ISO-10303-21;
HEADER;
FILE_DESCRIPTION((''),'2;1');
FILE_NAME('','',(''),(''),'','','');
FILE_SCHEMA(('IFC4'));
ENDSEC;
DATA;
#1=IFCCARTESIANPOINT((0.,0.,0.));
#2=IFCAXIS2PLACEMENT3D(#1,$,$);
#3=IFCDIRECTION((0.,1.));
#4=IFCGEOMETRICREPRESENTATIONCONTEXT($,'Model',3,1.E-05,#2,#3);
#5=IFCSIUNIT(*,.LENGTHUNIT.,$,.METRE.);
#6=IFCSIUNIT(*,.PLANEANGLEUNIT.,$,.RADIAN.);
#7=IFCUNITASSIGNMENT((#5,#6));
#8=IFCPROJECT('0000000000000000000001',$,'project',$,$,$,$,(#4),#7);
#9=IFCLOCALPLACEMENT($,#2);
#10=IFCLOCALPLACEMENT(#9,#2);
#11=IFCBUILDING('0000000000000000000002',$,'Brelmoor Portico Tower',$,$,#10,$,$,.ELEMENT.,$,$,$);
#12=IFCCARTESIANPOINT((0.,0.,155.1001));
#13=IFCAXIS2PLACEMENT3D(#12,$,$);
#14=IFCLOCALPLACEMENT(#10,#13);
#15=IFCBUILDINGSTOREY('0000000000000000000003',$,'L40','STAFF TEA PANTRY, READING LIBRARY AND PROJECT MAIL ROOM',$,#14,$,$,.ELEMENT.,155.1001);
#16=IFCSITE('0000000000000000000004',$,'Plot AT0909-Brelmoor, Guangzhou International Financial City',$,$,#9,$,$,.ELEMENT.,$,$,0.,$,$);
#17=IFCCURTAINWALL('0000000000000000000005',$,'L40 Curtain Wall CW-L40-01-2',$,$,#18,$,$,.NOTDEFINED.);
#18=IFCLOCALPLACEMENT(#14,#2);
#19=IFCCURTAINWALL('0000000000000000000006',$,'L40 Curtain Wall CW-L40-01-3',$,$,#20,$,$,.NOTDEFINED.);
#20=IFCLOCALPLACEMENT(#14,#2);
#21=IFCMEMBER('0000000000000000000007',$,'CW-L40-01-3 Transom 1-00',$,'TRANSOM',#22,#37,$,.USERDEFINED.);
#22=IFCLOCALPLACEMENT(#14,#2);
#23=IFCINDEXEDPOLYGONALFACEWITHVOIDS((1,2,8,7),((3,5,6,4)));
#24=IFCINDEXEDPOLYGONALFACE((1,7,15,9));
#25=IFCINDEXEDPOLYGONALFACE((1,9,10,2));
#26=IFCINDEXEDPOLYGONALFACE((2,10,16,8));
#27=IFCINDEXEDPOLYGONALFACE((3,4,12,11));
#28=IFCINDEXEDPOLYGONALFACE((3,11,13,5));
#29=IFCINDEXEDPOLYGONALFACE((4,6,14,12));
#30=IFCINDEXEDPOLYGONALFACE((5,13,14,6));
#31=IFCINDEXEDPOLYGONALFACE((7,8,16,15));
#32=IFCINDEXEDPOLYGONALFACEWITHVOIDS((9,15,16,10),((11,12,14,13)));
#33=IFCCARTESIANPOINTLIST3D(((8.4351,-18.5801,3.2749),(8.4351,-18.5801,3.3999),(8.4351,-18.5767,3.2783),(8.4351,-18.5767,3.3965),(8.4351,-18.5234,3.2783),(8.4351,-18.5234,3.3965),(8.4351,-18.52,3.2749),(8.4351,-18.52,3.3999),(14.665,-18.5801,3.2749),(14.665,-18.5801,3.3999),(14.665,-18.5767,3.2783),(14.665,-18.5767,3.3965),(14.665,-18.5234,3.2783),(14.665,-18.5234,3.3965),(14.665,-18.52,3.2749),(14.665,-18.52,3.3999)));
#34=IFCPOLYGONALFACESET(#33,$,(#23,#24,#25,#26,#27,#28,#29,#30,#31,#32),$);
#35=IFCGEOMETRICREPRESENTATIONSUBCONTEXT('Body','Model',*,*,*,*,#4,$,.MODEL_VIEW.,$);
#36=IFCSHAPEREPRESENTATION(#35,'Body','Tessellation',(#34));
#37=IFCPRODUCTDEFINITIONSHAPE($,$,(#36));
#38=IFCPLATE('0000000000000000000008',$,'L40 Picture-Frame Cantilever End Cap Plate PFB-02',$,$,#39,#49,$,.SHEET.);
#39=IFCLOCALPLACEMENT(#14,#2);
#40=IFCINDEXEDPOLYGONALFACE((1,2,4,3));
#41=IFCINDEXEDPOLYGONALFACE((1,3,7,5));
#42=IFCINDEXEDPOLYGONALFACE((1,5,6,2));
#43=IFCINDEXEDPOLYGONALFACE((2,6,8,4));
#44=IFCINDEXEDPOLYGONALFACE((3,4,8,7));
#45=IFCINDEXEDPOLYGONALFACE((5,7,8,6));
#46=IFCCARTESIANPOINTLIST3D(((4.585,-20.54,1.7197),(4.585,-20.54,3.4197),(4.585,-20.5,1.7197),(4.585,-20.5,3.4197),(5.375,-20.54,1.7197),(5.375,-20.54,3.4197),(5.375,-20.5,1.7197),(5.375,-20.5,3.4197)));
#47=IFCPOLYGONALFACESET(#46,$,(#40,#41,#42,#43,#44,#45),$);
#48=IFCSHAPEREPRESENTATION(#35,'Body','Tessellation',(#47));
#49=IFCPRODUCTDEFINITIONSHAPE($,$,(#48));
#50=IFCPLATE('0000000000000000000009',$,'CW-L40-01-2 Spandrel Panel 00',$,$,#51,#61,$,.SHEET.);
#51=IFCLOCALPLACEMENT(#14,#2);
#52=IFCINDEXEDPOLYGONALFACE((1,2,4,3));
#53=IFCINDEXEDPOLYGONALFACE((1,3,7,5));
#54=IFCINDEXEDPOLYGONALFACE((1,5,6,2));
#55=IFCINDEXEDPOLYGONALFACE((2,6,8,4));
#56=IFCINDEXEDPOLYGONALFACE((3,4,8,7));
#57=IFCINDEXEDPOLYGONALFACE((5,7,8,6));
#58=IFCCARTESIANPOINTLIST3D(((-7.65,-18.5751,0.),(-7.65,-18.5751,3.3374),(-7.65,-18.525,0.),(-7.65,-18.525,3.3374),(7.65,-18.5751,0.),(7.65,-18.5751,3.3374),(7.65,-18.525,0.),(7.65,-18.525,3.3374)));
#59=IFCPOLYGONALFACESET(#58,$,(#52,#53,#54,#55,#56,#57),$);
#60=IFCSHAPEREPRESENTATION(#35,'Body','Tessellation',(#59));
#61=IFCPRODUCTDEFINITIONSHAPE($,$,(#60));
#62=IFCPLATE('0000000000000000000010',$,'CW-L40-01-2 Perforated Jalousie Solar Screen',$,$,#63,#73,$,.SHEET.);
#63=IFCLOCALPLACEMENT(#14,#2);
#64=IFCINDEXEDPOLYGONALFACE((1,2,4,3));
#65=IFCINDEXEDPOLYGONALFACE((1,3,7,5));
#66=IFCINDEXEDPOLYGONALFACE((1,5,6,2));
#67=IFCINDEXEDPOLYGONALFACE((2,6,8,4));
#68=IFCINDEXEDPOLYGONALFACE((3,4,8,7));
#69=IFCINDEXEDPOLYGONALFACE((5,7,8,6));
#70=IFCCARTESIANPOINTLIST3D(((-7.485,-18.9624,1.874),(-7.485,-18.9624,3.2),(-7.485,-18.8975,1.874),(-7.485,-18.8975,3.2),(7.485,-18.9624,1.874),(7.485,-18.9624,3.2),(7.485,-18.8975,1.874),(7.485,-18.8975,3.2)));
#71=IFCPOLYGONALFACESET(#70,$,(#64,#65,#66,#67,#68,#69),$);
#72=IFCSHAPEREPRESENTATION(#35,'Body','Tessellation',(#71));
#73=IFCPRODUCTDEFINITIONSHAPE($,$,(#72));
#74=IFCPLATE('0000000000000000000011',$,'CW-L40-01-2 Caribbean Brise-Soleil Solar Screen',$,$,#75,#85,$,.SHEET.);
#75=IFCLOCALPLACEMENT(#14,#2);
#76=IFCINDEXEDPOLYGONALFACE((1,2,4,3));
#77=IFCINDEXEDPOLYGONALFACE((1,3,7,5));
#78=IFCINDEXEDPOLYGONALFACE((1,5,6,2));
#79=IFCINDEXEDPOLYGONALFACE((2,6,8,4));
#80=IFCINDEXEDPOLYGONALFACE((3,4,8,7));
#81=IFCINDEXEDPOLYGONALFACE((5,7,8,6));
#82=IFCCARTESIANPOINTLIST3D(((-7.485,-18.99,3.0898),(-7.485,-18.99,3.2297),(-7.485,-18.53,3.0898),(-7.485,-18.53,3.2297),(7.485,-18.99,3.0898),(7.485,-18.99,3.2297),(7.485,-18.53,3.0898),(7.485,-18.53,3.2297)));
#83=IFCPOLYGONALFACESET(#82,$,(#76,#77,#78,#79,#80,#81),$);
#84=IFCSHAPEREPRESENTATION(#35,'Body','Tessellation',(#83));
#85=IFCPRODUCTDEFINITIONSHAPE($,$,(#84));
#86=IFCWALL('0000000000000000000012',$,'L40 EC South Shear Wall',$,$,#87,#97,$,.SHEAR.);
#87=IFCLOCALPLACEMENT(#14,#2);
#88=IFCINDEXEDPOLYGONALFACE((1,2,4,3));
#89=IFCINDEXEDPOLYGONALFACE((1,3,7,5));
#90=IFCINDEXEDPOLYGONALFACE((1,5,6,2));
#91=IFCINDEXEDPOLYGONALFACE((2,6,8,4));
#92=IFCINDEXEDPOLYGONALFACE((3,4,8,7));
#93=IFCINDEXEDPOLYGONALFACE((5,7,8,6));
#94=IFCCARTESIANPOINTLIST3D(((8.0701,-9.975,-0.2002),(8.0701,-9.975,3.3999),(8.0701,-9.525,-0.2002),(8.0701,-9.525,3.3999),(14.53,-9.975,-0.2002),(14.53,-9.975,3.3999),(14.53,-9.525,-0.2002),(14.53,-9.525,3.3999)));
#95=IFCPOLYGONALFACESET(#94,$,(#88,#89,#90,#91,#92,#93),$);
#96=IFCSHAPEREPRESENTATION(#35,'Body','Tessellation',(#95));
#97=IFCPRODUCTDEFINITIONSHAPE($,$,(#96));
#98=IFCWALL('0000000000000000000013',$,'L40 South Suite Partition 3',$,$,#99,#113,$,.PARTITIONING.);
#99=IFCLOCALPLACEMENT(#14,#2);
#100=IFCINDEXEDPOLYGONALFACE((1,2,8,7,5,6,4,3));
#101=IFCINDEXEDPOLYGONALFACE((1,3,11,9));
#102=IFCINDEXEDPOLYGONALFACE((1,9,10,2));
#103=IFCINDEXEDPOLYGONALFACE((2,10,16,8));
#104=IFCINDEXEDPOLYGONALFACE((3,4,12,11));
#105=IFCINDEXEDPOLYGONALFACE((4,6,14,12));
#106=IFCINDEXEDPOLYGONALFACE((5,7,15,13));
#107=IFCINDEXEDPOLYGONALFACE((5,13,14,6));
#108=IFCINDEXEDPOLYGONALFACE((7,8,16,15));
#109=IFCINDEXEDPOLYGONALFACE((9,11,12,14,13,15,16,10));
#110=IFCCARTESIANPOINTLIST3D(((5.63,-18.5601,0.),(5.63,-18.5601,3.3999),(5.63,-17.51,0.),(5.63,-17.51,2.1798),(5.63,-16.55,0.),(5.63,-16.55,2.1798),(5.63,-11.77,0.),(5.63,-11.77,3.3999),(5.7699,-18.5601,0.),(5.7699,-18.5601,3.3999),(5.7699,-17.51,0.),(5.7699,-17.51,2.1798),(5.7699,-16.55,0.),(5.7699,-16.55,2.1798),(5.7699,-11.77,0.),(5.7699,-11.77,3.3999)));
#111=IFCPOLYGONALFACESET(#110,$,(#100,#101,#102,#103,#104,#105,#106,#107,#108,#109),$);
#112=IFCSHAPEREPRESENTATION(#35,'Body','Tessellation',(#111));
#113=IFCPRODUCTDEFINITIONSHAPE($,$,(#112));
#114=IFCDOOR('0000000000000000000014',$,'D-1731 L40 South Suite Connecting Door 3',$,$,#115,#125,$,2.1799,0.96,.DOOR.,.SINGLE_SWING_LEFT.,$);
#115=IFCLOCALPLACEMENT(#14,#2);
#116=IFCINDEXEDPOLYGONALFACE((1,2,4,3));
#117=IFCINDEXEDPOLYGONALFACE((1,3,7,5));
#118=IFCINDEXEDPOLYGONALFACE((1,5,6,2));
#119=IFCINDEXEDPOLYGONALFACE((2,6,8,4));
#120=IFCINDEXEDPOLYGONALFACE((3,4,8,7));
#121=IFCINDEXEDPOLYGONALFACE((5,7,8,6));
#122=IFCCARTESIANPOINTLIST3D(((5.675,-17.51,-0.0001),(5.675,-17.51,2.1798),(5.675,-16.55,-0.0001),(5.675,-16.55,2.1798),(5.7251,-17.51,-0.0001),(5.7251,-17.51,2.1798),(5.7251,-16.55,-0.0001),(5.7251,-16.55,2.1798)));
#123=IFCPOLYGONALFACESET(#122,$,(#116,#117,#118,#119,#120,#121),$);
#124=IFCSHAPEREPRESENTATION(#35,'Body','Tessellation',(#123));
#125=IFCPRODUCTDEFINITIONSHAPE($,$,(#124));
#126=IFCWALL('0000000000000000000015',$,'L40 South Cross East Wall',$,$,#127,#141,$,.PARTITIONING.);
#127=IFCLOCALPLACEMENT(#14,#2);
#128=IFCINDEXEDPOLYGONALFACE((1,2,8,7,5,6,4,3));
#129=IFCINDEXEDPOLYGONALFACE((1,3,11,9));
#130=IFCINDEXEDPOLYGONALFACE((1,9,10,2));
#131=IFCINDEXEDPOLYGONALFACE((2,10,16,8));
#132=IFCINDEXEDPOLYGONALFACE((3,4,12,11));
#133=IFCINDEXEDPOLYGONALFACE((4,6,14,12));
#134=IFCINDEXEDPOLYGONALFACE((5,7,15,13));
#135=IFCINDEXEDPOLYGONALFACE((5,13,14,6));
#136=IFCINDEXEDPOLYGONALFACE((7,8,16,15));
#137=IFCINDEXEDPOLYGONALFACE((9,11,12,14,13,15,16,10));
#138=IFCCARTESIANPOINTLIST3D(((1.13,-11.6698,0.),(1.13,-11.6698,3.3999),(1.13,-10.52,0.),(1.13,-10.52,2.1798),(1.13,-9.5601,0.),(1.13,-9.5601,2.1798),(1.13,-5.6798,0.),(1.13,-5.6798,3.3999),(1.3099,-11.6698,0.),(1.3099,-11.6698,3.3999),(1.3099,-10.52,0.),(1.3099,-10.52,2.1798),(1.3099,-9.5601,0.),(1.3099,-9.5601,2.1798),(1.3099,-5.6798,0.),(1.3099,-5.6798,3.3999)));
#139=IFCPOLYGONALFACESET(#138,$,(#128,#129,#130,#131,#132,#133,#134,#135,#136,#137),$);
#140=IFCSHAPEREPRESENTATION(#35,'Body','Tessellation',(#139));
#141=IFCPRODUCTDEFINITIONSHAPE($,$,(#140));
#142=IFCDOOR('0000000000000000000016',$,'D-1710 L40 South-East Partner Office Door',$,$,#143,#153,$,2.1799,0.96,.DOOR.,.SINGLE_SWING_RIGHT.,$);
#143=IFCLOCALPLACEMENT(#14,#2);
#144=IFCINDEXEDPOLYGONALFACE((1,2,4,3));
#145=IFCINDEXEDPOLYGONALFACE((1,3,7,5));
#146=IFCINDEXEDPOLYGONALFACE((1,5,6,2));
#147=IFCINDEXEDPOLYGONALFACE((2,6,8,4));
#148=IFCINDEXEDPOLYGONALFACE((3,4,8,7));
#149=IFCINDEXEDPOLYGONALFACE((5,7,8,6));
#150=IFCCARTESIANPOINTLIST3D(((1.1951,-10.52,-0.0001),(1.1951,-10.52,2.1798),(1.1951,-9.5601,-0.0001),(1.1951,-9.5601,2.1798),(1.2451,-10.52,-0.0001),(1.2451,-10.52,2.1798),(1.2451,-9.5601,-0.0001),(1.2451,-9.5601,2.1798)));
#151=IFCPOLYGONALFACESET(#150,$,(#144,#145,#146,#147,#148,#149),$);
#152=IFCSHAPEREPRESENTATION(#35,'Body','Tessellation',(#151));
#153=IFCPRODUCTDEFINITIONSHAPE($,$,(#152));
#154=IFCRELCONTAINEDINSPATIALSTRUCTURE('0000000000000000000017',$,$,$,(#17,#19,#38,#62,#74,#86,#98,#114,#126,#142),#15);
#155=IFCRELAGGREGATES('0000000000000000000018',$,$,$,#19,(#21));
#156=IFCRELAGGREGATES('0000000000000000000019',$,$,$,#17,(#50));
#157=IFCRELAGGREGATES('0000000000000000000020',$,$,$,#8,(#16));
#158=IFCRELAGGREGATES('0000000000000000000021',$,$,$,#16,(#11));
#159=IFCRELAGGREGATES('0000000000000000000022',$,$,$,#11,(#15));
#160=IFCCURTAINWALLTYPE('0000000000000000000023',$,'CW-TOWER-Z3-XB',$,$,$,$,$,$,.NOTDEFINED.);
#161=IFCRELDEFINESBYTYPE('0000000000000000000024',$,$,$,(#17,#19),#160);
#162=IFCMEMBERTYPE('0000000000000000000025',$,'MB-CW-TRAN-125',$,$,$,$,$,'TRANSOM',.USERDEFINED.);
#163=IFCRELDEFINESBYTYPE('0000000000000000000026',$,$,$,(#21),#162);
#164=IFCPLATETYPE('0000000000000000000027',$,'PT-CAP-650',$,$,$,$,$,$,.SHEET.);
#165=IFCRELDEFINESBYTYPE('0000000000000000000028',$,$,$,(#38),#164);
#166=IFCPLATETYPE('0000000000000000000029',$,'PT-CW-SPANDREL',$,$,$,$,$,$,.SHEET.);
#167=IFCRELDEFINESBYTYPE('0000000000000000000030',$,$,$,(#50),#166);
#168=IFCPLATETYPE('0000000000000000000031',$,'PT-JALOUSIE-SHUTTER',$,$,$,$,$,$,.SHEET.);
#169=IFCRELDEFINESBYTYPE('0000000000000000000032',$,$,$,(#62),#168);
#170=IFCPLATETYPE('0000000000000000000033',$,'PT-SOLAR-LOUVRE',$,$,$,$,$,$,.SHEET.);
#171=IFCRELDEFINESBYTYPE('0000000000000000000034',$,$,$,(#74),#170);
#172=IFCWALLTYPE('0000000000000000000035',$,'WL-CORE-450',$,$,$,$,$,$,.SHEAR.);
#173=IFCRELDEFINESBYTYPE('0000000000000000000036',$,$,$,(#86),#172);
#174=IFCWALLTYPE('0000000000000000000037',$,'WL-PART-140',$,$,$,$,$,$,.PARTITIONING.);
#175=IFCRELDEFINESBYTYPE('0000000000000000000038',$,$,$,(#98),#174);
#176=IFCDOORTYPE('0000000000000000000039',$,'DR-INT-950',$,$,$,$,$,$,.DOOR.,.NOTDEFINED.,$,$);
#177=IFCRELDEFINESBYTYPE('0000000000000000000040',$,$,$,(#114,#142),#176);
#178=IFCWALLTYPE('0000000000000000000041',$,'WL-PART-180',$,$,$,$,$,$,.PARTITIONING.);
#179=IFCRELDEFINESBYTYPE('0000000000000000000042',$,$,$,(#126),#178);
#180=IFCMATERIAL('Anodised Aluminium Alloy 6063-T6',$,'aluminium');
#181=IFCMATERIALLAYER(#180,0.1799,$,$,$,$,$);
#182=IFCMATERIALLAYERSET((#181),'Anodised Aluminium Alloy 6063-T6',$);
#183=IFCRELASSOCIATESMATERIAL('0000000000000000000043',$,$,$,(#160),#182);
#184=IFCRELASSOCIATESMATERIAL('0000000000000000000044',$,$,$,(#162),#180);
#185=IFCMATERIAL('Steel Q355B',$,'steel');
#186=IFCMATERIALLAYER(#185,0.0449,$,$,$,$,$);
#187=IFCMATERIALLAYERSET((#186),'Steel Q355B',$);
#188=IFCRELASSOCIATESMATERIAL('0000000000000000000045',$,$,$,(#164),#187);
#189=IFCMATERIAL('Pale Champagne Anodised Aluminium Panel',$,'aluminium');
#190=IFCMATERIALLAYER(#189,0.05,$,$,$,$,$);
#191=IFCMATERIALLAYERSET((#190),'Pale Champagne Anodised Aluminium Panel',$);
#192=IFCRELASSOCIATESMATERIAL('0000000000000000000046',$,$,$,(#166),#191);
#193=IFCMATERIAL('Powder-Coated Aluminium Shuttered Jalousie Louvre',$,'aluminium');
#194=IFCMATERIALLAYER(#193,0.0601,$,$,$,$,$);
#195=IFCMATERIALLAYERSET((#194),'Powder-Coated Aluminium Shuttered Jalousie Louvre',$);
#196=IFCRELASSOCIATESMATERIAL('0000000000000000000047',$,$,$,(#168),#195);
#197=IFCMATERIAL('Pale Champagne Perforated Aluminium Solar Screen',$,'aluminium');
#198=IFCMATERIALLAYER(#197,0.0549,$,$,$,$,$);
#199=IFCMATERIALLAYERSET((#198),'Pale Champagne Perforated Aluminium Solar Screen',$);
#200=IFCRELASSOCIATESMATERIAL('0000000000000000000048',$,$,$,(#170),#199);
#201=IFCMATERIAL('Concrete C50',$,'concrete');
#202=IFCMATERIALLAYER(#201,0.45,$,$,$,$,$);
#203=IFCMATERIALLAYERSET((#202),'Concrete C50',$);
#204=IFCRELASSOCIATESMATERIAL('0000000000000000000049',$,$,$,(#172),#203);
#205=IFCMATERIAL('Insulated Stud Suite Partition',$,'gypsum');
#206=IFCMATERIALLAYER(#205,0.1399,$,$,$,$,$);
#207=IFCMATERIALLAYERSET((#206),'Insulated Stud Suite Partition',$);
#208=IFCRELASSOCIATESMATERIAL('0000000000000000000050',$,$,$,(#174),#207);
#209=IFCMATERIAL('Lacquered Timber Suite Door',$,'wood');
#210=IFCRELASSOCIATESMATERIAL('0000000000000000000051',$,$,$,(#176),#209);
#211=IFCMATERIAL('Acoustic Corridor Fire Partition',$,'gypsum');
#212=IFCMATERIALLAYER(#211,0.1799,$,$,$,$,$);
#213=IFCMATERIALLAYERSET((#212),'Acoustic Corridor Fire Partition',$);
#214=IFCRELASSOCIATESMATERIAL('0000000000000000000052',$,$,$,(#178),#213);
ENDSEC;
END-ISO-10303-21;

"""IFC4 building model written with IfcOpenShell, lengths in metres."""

from ifc_helpers import new_model, si_unit, direction, frame, frame_2d, origin, origin_2d, place, context, subcontext, project, spatial, rectangle, hollow_rectangle, extrude, material, layer, layer_set, material_profile, profile_set, type_object, element, fill, aggregate, save


model = new_model("IFC4")

# Units and contexts
model_context = context("Model", 3, precision=1e-05, world=origin(), true_north=direction((0.0, 1.0)))
body_context = subcontext(model_context, "Body", "Model", "MODEL_VIEW")
ifc_project = project(units=[si_unit("LENGTHUNIT", "METRE"), si_unit("PLANEANGLEUNIT", "RADIAN")], contexts=[model_context])

# Site, building, storey
site_placement = place(None, origin())
site = spatial("IfcSite", under=ifc_project, at=site_placement, Name="Plot AT0909-Brelmoor, Guangzhou International Financial City", CompositionType="ELEMENT", RefElevation=0.0)
building_placement = place(site_placement, origin())
building = spatial("IfcBuilding", under=site, at=building_placement, Name="Brelmoor Portico Tower", CompositionType="ELEMENT")
storey_placement = place(building_placement, frame((0.0, 0.0, 155.1001)))
storey = spatial("IfcBuildingStorey", under=building, at=storey_placement, Name="L40", Description="STAFF TEA PANTRY, READING LIBRARY AND PROJECT MAIL ROOM", CompositionType="ELEMENT", Elevation=155.1001)

# Shared definitions
ifc_material_1 = material(Name="Steel Q355B", Category="steel")

# Curtain wall
ifc_material_2 = material(Name="Anodised Aluminium Alloy 6063-T6", Category="aluminium")
ifc_layer_1 = layer(ifc_material_2, 0.1799)
ifc_layer_set_1 = layer_set([ifc_layer_1], Name="Anodised Aluminium Alloy 6063-T6")
curtain_wall_type = type_object("IfcCurtainWallType", Name="CW-TOWER-Z3-XB", PredefinedType="NOTDEFINED", material=ifc_layer_set_1)
curtain_wall_1_placement = place(storey_placement, origin())
curtain_wall_1 = element("IfcCurtainWall", 1, at=curtain_wall_1_placement, inside=storey, type_object=curtain_wall_type, Name="L40 Curtain Wall CW-L40-01-2", PredefinedType="NOTDEFINED")

# Curtain wall, member
curtain_wall_2_placement = place(storey_placement, origin())
curtain_wall_2 = element("IfcCurtainWall", 2, at=curtain_wall_2_placement, inside=storey, type_object=curtain_wall_type, Name="L40 Curtain Wall CW-L40-01-3", PredefinedType="NOTDEFINED")
ifc_material_profile_1 = material_profile(ifc_material_2, hollow_rectangle(XDim=0.0601, YDim=0.125, WallThickness=0.0034, at=origin_2d()), Name="ALU TRANSOM 60x125")
ifc_profile_set_1 = profile_set([ifc_material_profile_1], Name="Anodised Aluminium Alloy 6063-T6")
member_type_1 = type_object("IfcMemberType", Name="MB-CW-TRAN-125", ElementType="TRANSOM", PredefinedType="USERDEFINED", material=ifc_profile_set_1)
member_1_placement = place(storey_placement, frame((8.4351, -18.55, 3.3374), z_axis=(1.0, 0.0, 0.0), x_axis=(0.0, 1.0, 0.0)))
member_1 = element("IfcMember", 3, at=member_1_placement, type_object=member_type_1, Name="CW-L40-01-3 Transom 1-00", ObjectType="TRANSOM", PredefinedType="USERDEFINED", context=body_context, shape_type="SweptSolid", body=[
    extrude(hollow_rectangle(XDim=0.0601, YDim=0.125, WallThickness=0.0034, at=origin_2d()), origin(), (0.0, 0.0, 1.0), 6.23),
])
aggregate(curtain_wall_2, [member_1])

# Plates
ifc_layer_2 = layer(ifc_material_1, 0.0449)
ifc_layer_set_2 = layer_set([ifc_layer_2], Name="Steel Q355B")
plate_type_1 = type_object("IfcPlateType", Name="PT-CAP-650", PredefinedType="SHEET", material=ifc_layer_set_2)
plate_1_placement = place(storey_placement, frame((4.98, -20.52, 1.7197), z_axis=(0.0, 0.0, 1.0), x_axis=(1.0, 0.0, 0.0)))
element("IfcPlate", 4, at=plate_1_placement, inside=storey, type_object=plate_type_1, Name="L40 Picture-Frame Cantilever End Cap Plate PFB-02", PredefinedType="SHEET", context=body_context, shape_type="SweptSolid", body=[
    extrude(rectangle(XDim=0.79, YDim=0.04, at=origin_2d()), origin(), (0.0, 0.0, 1.0), 1.7),
])
ifc_material_3 = material(Name="Pale Champagne Anodised Aluminium Panel", Category="aluminium")
ifc_layer_3 = layer(ifc_material_3, 0.05)
ifc_layer_set_3 = layer_set([ifc_layer_3], Name="Pale Champagne Anodised Aluminium Panel")
plate_type_2 = type_object("IfcPlateType", Name="PT-CW-SPANDREL", PredefinedType="SHEET", material=ifc_layer_set_3)
plate_2_placement = place(storey_placement, frame((0.0, -18.55, 0.0), z_axis=(0.0, 0.0, 1.0), x_axis=(1.0, 0.0, 0.0)))
plate_2 = element("IfcPlate", 5, at=plate_2_placement, type_object=plate_type_2, Name="CW-L40-01-2 Spandrel Panel 00", PredefinedType="SHEET", context=body_context, shape_type="SweptSolid", body=[
    extrude(rectangle(XDim=15.3, YDim=0.05, at=origin_2d()), origin(), (0.0, 0.0, 1.0), 3.3374),
])
aggregate(curtain_wall_1, [plate_2])

# Plates
ifc_material_4 = material(Name="Powder-Coated Aluminium Shuttered Jalousie Louvre", Category="aluminium")
ifc_layer_4 = layer(ifc_material_4, 0.0601)
ifc_layer_set_4 = layer_set([ifc_layer_4], Name="Powder-Coated Aluminium Shuttered Jalousie Louvre")
plate_type_3 = type_object("IfcPlateType", Name="PT-JALOUSIE-SHUTTER", PredefinedType="SHEET", material=ifc_layer_set_4)
plate_3_placement = place(storey_placement, frame((0.0, -18.9299, 1.874), z_axis=(0.0, 0.0, 1.0), x_axis=(1.0, 0.0, 0.0)))
element("IfcPlate", 6, at=plate_3_placement, inside=storey, type_object=plate_type_3, Name="CW-L40-01-2 Perforated Jalousie Solar Screen", PredefinedType="SHEET", context=body_context, shape_type="SweptSolid", body=[
    extrude(rectangle(XDim=14.97, YDim=0.0649, at=origin_2d()), origin(), (0.0, 0.0, 1.0), 1.3259),
])
ifc_material_5 = material(Name="Pale Champagne Perforated Aluminium Solar Screen", Category="aluminium")
ifc_layer_5 = layer(ifc_material_5, 0.0549)
ifc_layer_set_5 = layer_set([ifc_layer_5], Name="Pale Champagne Perforated Aluminium Solar Screen")
plate_type_4 = type_object("IfcPlateType", Name="PT-SOLAR-LOUVRE", PredefinedType="SHEET", material=ifc_layer_set_5)
plate_4_placement = place(storey_placement, frame((0.0, -18.76, 3.0898), z_axis=(0.0, 0.0, 1.0), x_axis=(1.0, 0.0, 0.0)))
element("IfcPlate", 7, at=plate_4_placement, inside=storey, type_object=plate_type_4, Name="CW-L40-01-2 Caribbean Brise-Soleil Solar Screen", PredefinedType="SHEET", context=body_context, shape_type="SweptSolid", body=[
    extrude(rectangle(XDim=14.97, YDim=0.46, at=origin_2d()), origin(), (0.0, 0.0, 1.0), 0.1399),
])

# Wall
ifc_material_6 = material(Name="Concrete C50", Category="concrete")
ifc_layer_6 = layer(ifc_material_6, 0.45)
ifc_layer_set_6 = layer_set([ifc_layer_6], Name="Concrete C50")
wall_type_1 = type_object("IfcWallType", Name="WL-CORE-450", PredefinedType="SHEAR", material=ifc_layer_set_6)
wall_1_placement = place(storey_placement, frame((8.0701, -9.75, -0.2002), z_axis=(0.0, 0.0, 1.0), x_axis=(1.0, 0.0, 0.0)))
element("IfcWall", 8, at=wall_1_placement, inside=storey, type_object=wall_type_1, Name="L40 EC South Shear Wall", PredefinedType="SHEAR", context=body_context, shape_type="SweptSolid", body=[
    extrude(rectangle(XDim=6.46, YDim=0.45, at=frame_2d((3.23, 0.0))), origin(), (0.0, 0.0, 1.0), 3.6001),
])

# Walls, openings, doors
ifc_material_7 = material(Name="Insulated Stud Suite Partition", Category="gypsum")
ifc_layer_7 = layer(ifc_material_7, 0.1399)
ifc_layer_set_7 = layer_set([ifc_layer_7], Name="Insulated Stud Suite Partition")
wall_type_2 = type_object("IfcWallType", Name="WL-PART-140", PredefinedType="PARTITIONING", material=ifc_layer_set_7)
wall_2_placement = place(storey_placement, frame((5.7, -18.5601, 0.0), z_axis=(0.0, 0.0, 1.0), x_axis=(0.0, 1.0, 0.0)))
wall_2 = element("IfcWall", 9, at=wall_2_placement, inside=storey, type_object=wall_type_2, Name="L40 South Suite Partition 3", PredefinedType="PARTITIONING", context=body_context, shape_type="SweptSolid", body=[
    extrude(rectangle(XDim=6.79, YDim=0.1399, at=frame_2d((3.395, 0.0))), origin(), (0.0, 0.0, 1.0), 3.3999),
])
opening_1_placement = place(wall_2_placement, frame((1.05, 0.0, 0.0)))
opening_1 = element("IfcOpeningElement", 10, at=opening_1_placement, cuts=wall_2, PredefinedType="OPENING", context=body_context, shape_type="SweptSolid", body=[
    extrude(rectangle(XDim=0.96, YDim=2.1799, at=frame_2d((0.48, 1.0898))), frame((0.0, 0.0798, 0.0), z_axis=(0.0, -1.0, 0.0), x_axis=(1.0, 0.0, 0.0)), (0.0, 0.0, 1.0), 0.1599),
])
ifc_material_8 = material(Name="Lacquered Timber Suite Door", Category="wood")
door_type_1 = type_object("IfcDoorType", Name="DR-INT-950", OperationType="NOTDEFINED", PredefinedType="DOOR", material=ifc_material_8)
door_1_placement = place(opening_1_placement, origin())
door_1 = element("IfcDoor", 11, at=door_1_placement, inside=storey, type_object=door_type_1, Name="D-1731 L40 South Suite Connecting Door 3", OperationType="SINGLE_SWING_LEFT", OverallHeight=2.1799, OverallWidth=0.96, PredefinedType="DOOR", context=body_context, shape_type="SweptSolid", body=[
    extrude(rectangle(XDim=0.96, YDim=2.1799, at=frame_2d((0.48, 1.0898))), frame((0.0, 0.0249, 0.0), z_axis=(0.0, -1.0, 0.0), x_axis=(1.0, 0.0, 0.0)), (0.0, 0.0, 1.0), 0.05),
])
fill(opening_1, door_1)
ifc_material_9 = material(Name="Acoustic Corridor Fire Partition", Category="gypsum")
ifc_layer_8 = layer(ifc_material_9, 0.1799)
ifc_layer_set_8 = layer_set([ifc_layer_8], Name="Acoustic Corridor Fire Partition")
wall_type_3 = type_object("IfcWallType", Name="WL-PART-180", PredefinedType="PARTITIONING", material=ifc_layer_set_8)
wall_3_placement = place(storey_placement, frame((1.22, -11.6699, 0.0), z_axis=(0.0, 0.0, 1.0), x_axis=(0.0, 1.0, 0.0)))
wall_3 = element("IfcWall", 12, at=wall_3_placement, inside=storey, type_object=wall_type_3, Name="L40 South Cross East Wall", PredefinedType="PARTITIONING", context=body_context, shape_type="SweptSolid", body=[
    extrude(rectangle(XDim=5.99, YDim=0.1799, at=frame_2d((2.9951, 0.0))), origin(), (0.0, 0.0, 1.0), 3.3999),
])
opening_2_placement = place(wall_3_placement, frame((1.1499, 0.0, 0.0)))
opening_2 = element("IfcOpeningElement", 13, at=opening_2_placement, cuts=wall_3, PredefinedType="OPENING", context=body_context, shape_type="SweptSolid", body=[
    extrude(rectangle(XDim=0.96, YDim=2.1799, at=frame_2d((0.48, 1.0898))), frame((0.0, 0.0999, 0.0), z_axis=(0.0, -1.0, 0.0), x_axis=(1.0, 0.0, 0.0)), (0.0, 0.0, 1.0), 0.2),
])
door_2_placement = place(opening_2_placement, origin())
door_2 = element("IfcDoor", 14, at=door_2_placement, inside=storey, type_object=door_type_1, Name="D-1710 L40 South-East Partner Office Door", OperationType="SINGLE_SWING_RIGHT", OverallHeight=2.1799, OverallWidth=0.96, PredefinedType="DOOR", context=body_context, shape_type="SweptSolid", body=[
    extrude(rectangle(XDim=0.96, YDim=2.1799, at=frame_2d((0.48, 1.0898))), frame((0.0, 0.0249, 0.0), z_axis=(0.0, -1.0, 0.0), x_axis=(1.0, 0.0, 0.0)), (0.0, 0.0, 1.0), 0.05),
])
fill(opening_2, door_2)

save(model, "model.ifc")
